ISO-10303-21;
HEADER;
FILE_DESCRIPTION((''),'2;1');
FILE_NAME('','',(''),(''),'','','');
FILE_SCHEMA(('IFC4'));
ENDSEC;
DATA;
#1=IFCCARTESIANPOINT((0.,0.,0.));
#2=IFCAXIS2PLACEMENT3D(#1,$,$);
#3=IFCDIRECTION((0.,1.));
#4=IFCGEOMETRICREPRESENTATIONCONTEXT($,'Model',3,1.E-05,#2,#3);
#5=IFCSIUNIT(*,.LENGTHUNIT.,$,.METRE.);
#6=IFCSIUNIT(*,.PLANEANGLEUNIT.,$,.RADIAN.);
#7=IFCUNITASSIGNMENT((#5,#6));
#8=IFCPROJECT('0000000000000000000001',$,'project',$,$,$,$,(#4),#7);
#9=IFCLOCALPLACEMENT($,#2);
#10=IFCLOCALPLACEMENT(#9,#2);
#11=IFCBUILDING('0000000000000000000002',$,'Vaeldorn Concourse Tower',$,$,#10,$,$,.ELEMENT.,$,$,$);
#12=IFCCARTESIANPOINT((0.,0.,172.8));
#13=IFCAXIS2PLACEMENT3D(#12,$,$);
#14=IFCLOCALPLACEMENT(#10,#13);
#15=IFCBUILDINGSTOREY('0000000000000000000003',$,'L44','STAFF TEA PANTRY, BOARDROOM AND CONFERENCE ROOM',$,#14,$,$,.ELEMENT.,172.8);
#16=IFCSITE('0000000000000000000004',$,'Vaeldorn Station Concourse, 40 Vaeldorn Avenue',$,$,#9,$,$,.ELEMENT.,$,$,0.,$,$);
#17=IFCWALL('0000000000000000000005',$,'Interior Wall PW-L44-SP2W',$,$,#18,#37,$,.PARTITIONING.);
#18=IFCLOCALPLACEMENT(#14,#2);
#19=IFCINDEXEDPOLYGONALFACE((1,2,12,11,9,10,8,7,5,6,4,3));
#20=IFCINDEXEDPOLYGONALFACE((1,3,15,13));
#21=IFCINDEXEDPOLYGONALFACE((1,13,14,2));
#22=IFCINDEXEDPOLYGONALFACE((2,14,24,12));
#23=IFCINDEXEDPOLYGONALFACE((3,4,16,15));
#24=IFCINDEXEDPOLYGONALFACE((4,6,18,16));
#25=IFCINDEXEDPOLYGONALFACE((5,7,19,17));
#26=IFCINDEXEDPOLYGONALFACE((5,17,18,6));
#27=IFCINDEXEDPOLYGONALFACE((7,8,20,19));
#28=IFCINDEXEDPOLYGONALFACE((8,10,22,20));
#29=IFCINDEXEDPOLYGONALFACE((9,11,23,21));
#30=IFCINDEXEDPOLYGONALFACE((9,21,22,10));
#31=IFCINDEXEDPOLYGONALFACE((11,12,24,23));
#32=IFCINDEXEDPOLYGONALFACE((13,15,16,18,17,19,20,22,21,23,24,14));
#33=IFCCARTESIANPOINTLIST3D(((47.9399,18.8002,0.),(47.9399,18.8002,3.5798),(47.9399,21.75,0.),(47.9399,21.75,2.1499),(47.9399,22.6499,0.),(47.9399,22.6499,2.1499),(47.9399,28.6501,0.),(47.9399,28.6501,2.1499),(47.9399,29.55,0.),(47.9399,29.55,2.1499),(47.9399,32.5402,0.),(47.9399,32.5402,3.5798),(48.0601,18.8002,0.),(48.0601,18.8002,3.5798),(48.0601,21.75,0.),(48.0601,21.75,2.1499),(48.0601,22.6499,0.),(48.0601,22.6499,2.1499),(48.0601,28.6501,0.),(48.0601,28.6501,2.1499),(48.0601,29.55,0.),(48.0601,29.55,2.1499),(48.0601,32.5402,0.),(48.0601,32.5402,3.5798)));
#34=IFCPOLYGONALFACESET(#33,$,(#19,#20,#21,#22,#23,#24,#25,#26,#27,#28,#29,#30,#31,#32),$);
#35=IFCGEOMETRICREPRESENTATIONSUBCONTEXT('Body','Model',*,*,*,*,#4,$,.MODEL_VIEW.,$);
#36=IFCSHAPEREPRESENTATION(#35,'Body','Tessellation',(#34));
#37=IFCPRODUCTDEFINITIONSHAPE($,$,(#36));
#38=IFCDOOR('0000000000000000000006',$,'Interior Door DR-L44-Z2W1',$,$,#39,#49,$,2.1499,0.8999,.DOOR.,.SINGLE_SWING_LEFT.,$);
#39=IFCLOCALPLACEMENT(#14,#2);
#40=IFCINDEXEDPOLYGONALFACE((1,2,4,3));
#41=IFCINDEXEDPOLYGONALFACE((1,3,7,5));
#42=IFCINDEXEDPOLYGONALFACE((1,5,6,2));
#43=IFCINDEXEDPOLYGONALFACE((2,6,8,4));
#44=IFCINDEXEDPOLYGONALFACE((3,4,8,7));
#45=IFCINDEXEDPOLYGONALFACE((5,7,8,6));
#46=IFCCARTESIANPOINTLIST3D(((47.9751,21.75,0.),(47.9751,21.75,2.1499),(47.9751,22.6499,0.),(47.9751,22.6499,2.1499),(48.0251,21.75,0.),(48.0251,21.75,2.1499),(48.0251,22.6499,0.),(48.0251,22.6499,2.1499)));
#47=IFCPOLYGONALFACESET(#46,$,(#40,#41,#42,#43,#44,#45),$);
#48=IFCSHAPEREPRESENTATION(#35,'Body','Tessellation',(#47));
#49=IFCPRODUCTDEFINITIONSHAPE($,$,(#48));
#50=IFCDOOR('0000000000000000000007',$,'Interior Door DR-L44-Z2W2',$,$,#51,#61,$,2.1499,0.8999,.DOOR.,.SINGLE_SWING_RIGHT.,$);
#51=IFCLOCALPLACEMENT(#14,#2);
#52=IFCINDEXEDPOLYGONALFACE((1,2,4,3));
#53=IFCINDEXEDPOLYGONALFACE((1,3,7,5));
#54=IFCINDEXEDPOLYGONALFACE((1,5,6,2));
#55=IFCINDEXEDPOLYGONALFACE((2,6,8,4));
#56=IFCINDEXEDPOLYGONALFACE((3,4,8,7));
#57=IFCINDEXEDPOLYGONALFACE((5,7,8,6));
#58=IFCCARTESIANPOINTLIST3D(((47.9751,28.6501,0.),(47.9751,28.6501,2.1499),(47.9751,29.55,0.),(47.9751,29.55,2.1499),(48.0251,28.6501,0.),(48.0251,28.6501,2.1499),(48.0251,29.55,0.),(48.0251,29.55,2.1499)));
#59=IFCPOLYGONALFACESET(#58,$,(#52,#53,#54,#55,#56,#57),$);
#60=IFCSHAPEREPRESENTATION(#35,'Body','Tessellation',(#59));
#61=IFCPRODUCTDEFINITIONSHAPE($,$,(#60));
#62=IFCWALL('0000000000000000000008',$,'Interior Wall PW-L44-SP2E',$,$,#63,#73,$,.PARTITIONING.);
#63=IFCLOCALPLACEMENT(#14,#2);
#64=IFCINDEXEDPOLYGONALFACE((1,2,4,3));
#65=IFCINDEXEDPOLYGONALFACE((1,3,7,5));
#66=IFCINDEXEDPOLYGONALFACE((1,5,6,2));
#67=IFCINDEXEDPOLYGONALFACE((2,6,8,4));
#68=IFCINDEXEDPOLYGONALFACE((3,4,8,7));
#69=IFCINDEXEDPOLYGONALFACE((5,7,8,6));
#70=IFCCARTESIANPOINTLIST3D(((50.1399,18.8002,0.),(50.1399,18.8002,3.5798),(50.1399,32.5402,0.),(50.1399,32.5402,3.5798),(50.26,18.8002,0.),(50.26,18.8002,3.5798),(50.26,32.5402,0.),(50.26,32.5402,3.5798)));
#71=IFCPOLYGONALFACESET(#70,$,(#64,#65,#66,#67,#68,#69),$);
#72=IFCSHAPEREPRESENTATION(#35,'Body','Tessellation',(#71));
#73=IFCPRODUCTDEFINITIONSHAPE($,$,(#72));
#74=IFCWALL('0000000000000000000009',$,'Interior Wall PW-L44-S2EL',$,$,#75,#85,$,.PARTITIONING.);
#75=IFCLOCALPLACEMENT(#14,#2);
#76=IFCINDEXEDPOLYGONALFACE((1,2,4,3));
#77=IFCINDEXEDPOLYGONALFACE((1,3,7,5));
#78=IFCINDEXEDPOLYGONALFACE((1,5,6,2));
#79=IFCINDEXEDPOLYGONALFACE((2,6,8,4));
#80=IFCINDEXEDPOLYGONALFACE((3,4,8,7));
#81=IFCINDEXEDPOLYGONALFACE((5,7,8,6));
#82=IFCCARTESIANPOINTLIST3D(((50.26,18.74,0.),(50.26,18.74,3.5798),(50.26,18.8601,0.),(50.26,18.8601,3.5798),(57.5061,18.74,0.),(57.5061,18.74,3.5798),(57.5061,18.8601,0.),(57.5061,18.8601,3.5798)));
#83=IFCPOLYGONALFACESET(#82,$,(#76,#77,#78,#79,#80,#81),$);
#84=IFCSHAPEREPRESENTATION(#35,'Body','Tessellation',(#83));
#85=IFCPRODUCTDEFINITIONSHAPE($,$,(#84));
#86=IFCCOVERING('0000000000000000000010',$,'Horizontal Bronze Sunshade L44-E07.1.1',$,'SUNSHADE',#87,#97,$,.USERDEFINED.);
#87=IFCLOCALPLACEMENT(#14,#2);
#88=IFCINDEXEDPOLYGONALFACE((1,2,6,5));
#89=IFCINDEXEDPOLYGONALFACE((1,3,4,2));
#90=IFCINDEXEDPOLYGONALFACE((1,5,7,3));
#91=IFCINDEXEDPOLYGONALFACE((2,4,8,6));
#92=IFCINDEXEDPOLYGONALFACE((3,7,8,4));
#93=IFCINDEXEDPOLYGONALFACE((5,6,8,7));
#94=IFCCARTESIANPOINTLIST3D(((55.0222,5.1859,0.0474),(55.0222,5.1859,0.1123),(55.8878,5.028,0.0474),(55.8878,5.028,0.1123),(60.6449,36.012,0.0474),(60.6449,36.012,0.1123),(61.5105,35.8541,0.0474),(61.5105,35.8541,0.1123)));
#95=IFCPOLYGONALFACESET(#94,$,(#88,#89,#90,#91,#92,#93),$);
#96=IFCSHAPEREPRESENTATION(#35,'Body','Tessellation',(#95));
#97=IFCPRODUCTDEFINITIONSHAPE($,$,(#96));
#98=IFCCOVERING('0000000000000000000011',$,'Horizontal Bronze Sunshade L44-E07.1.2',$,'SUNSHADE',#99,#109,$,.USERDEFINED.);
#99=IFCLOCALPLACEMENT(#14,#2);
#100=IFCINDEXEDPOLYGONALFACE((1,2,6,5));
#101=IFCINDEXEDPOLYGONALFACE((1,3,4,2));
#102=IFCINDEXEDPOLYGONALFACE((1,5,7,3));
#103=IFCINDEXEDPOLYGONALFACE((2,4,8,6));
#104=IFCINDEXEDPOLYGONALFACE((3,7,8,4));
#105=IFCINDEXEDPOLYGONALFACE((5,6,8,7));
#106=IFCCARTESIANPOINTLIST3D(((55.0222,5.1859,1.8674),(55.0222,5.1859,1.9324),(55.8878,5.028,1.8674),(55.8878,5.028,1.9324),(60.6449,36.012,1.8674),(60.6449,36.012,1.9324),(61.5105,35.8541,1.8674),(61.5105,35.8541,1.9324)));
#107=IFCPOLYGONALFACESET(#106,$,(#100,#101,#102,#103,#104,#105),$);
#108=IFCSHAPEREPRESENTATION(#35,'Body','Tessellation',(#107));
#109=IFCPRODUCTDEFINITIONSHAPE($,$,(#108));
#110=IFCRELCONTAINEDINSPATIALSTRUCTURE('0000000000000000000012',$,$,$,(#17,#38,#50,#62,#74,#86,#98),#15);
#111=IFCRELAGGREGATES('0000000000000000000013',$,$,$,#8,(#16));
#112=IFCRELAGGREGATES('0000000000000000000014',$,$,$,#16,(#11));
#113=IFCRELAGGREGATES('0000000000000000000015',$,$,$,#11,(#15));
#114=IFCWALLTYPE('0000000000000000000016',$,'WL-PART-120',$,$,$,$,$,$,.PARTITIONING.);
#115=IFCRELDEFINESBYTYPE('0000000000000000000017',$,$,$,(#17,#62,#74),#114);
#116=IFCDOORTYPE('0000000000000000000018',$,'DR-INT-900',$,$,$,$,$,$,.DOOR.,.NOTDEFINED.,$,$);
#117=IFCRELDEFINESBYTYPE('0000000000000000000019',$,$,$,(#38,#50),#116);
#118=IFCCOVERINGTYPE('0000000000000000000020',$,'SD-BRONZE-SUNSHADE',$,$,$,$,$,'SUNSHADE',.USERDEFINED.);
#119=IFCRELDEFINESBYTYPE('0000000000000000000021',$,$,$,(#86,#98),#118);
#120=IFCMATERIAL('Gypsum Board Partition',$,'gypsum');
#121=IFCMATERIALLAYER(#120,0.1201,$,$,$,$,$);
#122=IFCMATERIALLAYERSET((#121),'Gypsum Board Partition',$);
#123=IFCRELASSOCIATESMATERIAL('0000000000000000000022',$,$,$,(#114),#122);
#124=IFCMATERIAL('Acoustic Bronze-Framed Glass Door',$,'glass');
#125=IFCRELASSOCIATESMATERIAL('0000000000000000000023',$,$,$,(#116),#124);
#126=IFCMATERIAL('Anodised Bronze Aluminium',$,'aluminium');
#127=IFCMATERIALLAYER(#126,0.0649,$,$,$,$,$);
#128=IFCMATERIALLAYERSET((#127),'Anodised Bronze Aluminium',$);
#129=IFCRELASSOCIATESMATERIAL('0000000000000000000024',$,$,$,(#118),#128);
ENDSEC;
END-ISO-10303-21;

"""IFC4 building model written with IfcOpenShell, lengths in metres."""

from ifc_helpers import new_model, si_unit, direction, frame, frame_2d, origin, origin_2d, place, context, subcontext, project, spatial, rectangle, extrude, source, transform, mapped, material, layer, layer_set, type_object, element, fill, save


model = new_model("IFC4")

# Units and contexts
model_context = context("Model", 3, precision=1e-05, world=origin(), true_north=direction((0.0, 1.0)))
body_context = subcontext(model_context, "Body", "Model", "MODEL_VIEW")
ifc_project = project(units=[si_unit("LENGTHUNIT", "METRE"), si_unit("PLANEANGLEUNIT", "RADIAN")], contexts=[model_context])

# Site, building, storey
site_placement = place(None, origin())
site = spatial("IfcSite", under=ifc_project, at=site_placement, Name="Vaeldorn Station Concourse, 40 Vaeldorn Avenue", CompositionType="ELEMENT", RefElevation=0.0)
building_placement = place(site_placement, origin())
building = spatial("IfcBuilding", under=site, at=building_placement, Name="Vaeldorn Concourse Tower", CompositionType="ELEMENT")
storey_placement = place(building_placement, frame((0.0, 0.0, 172.8)))
storey = spatial("IfcBuildingStorey", under=building, at=storey_placement, Name="L44", Description="STAFF TEA PANTRY, BOARDROOM AND CONFERENCE ROOM", CompositionType="ELEMENT", Elevation=172.8)

# Shared definitions
ifc_material_1 = material(Name="Anodised Bronze Aluminium", Category="aluminium")

# Wall, openings, doors
ifc_material_2 = material(Name="Gypsum Board Partition", Category="gypsum")
ifc_layer_1 = layer(ifc_material_2, 0.1201)
ifc_layer_set_1 = layer_set([ifc_layer_1], Name="Gypsum Board Partition")
wall_type = type_object("IfcWallType", Name="WL-PART-120", PredefinedType="PARTITIONING", material=ifc_layer_set_1)
wall_1_placement = place(storey_placement, frame((48.0, 18.8, 0.0), z_axis=(0.0, 0.0, 1.0), x_axis=(0.0, 1.0, 0.0)))
wall_1 = element("IfcWall", 1, at=wall_1_placement, inside=storey, type_object=wall_type, Name="Interior Wall PW-L44-SP2W", PredefinedType="PARTITIONING", context=body_context, shape_type="SweptSolid", body=[
    extrude(rectangle(XDim=13.74, YDim=0.1201, at=frame_2d((6.8701, 0.0))), origin(), (0.0, 0.0, 1.0), 3.5798),
])
opening_1_placement = place(wall_1_placement, frame((2.95, 0.0, 0.0)))
opening_1 = element("IfcOpeningElement", 2, at=opening_1_placement, cuts=wall_1, PredefinedType="OPENING", context=body_context, shape_type="SweptSolid", body=[
    extrude(rectangle(XDim=0.8999, YDim=2.1499, at=frame_2d((0.45, 1.075))), frame((0.0, 0.0701, 0.0), z_axis=(0.0, -1.0, 0.0), x_axis=(1.0, 0.0, 0.0)), (0.0, 0.0, 1.0), 0.1401),
])
opening_2_placement = place(wall_1_placement, frame((9.8501, 0.0, 0.0)))
opening_2 = element("IfcOpeningElement", 3, at=opening_2_placement, cuts=wall_1, PredefinedType="OPENING", context=body_context, shape_type="SweptSolid", body=[
    extrude(rectangle(XDim=0.8999, YDim=2.1499, at=frame_2d((0.45, 1.075))), frame((0.0, 0.0701, 0.0), z_axis=(0.0, -1.0, 0.0), x_axis=(1.0, 0.0, 0.0)), (0.0, 0.0, 1.0), 0.1401),
])
ifc_material_3 = material(Name="Acoustic Bronze-Framed Glass Door", Category="glass")
door_type = type_object("IfcDoorType", Name="DR-INT-900", OperationType="NOTDEFINED", PredefinedType="DOOR", material=ifc_material_3)
shared_shape_1 = source(origin(), body_context, "Body", "SweptSolid", [
    extrude(rectangle(XDim=0.8999, YDim=2.1499, at=frame_2d((0.45, 1.075))), frame((0.0, 0.0249, 0.0), z_axis=(0.0, -1.0, 0.0), x_axis=(1.0, 0.0, 0.0)), (0.0, 0.0, 1.0), 0.05),
])
door_1_placement = place(opening_1_placement, origin())
door_1 = element("IfcDoor", 4, at=door_1_placement, inside=storey, type_object=door_type, Name="Interior Door DR-L44-Z2W1", OperationType="SINGLE_SWING_LEFT", OverallHeight=2.1499, OverallWidth=0.8999, PredefinedType="DOOR", context=body_context, shape_type="MappedRepresentation", body=[
    mapped(shared_shape_1, transform((0.0, 0.0, 0.0), scale=1.0)),
])
fill(opening_1, door_1)
door_2_placement = place(opening_2_placement, origin())
door_2 = element("IfcDoor", 5, at=door_2_placement, inside=storey, type_object=door_type, Name="Interior Door DR-L44-Z2W2", OperationType="SINGLE_SWING_RIGHT", OverallHeight=2.1499, OverallWidth=0.8999, PredefinedType="DOOR", context=body_context, shape_type="MappedRepresentation", body=[
    mapped(shared_shape_1, transform((0.0, 0.0, 0.0), scale=1.0)),
])
fill(opening_2, door_2)

# Wall
wall_2_placement = place(storey_placement, frame((50.2, 18.8, 0.0), z_axis=(0.0, 0.0, 1.0), x_axis=(0.0, 1.0, 0.0)))
element("IfcWall", 6, at=wall_2_placement, inside=storey, type_object=wall_type, Name="Interior Wall PW-L44-SP2E", PredefinedType="PARTITIONING", context=body_context, shape_type="SweptSolid", body=[
    extrude(rectangle(XDim=13.74, YDim=0.1201, at=frame_2d((6.8701, 0.0))), origin(), (0.0, 0.0, 1.0), 3.5798),
])

# Wall
wall_3_placement = place(storey_placement, frame((50.26, 18.8, 0.0), z_axis=(0.0, 0.0, 1.0), x_axis=(1.0, 0.0, 0.0)))
element("IfcWall", 7, at=wall_3_placement, inside=storey, type_object=wall_type, Name="Interior Wall PW-L44-S2EL", PredefinedType="PARTITIONING", context=body_context, shape_type="SweptSolid", body=[
    extrude(rectangle(XDim=7.2461, YDim=0.1201, at=frame_2d((3.623, 0.0))), origin(), (0.0, 0.0, 1.0), 3.5798),
])

# Coverings
ifc_layer_2 = layer(ifc_material_1, 0.0649)
ifc_layer_set_2 = layer_set([ifc_layer_2], Name="Anodised Bronze Aluminium")
covering_type = type_object("IfcCoveringType", Name="SD-BRONZE-SUNSHADE", ElementType="SUNSHADE", PredefinedType="USERDEFINED", material=ifc_layer_set_2)
shared_shape_2 = source(origin(), body_context, "Body", "SweptSolid", [
    extrude(rectangle(XDim=31.3347, YDim=0.8799, at=origin_2d()), origin(), (0.0, 0.0, 1.0), 0.0649),
])
for number, where, z_axis, x_axis, name in (
    (8, (58.2664, 20.52, 0.0474), (0.0, 0.0, 1.0), (0.179438, 0.983769, 0.0), "Horizontal Bronze Sunshade L44-E07.1.1"),
    (9, (58.2664, 20.52, 1.8674), (0.0, 0.0, 1.0), (0.179438, 0.983769, 0.0), "Horizontal Bronze Sunshade L44-E07.1.2"),
):
    element("IfcCovering", number, at=place(storey_placement, frame(where, z_axis=z_axis, x_axis=x_axis)), inside=storey, type_object=covering_type, Name=name, ObjectType="SUNSHADE", PredefinedType="USERDEFINED", context=body_context, shape_type="MappedRepresentation", body=[
        mapped(shared_shape_2, transform((0.0, 0.0, 0.0), scale=1.0)),
    ])

save(model, "model.ifc")
